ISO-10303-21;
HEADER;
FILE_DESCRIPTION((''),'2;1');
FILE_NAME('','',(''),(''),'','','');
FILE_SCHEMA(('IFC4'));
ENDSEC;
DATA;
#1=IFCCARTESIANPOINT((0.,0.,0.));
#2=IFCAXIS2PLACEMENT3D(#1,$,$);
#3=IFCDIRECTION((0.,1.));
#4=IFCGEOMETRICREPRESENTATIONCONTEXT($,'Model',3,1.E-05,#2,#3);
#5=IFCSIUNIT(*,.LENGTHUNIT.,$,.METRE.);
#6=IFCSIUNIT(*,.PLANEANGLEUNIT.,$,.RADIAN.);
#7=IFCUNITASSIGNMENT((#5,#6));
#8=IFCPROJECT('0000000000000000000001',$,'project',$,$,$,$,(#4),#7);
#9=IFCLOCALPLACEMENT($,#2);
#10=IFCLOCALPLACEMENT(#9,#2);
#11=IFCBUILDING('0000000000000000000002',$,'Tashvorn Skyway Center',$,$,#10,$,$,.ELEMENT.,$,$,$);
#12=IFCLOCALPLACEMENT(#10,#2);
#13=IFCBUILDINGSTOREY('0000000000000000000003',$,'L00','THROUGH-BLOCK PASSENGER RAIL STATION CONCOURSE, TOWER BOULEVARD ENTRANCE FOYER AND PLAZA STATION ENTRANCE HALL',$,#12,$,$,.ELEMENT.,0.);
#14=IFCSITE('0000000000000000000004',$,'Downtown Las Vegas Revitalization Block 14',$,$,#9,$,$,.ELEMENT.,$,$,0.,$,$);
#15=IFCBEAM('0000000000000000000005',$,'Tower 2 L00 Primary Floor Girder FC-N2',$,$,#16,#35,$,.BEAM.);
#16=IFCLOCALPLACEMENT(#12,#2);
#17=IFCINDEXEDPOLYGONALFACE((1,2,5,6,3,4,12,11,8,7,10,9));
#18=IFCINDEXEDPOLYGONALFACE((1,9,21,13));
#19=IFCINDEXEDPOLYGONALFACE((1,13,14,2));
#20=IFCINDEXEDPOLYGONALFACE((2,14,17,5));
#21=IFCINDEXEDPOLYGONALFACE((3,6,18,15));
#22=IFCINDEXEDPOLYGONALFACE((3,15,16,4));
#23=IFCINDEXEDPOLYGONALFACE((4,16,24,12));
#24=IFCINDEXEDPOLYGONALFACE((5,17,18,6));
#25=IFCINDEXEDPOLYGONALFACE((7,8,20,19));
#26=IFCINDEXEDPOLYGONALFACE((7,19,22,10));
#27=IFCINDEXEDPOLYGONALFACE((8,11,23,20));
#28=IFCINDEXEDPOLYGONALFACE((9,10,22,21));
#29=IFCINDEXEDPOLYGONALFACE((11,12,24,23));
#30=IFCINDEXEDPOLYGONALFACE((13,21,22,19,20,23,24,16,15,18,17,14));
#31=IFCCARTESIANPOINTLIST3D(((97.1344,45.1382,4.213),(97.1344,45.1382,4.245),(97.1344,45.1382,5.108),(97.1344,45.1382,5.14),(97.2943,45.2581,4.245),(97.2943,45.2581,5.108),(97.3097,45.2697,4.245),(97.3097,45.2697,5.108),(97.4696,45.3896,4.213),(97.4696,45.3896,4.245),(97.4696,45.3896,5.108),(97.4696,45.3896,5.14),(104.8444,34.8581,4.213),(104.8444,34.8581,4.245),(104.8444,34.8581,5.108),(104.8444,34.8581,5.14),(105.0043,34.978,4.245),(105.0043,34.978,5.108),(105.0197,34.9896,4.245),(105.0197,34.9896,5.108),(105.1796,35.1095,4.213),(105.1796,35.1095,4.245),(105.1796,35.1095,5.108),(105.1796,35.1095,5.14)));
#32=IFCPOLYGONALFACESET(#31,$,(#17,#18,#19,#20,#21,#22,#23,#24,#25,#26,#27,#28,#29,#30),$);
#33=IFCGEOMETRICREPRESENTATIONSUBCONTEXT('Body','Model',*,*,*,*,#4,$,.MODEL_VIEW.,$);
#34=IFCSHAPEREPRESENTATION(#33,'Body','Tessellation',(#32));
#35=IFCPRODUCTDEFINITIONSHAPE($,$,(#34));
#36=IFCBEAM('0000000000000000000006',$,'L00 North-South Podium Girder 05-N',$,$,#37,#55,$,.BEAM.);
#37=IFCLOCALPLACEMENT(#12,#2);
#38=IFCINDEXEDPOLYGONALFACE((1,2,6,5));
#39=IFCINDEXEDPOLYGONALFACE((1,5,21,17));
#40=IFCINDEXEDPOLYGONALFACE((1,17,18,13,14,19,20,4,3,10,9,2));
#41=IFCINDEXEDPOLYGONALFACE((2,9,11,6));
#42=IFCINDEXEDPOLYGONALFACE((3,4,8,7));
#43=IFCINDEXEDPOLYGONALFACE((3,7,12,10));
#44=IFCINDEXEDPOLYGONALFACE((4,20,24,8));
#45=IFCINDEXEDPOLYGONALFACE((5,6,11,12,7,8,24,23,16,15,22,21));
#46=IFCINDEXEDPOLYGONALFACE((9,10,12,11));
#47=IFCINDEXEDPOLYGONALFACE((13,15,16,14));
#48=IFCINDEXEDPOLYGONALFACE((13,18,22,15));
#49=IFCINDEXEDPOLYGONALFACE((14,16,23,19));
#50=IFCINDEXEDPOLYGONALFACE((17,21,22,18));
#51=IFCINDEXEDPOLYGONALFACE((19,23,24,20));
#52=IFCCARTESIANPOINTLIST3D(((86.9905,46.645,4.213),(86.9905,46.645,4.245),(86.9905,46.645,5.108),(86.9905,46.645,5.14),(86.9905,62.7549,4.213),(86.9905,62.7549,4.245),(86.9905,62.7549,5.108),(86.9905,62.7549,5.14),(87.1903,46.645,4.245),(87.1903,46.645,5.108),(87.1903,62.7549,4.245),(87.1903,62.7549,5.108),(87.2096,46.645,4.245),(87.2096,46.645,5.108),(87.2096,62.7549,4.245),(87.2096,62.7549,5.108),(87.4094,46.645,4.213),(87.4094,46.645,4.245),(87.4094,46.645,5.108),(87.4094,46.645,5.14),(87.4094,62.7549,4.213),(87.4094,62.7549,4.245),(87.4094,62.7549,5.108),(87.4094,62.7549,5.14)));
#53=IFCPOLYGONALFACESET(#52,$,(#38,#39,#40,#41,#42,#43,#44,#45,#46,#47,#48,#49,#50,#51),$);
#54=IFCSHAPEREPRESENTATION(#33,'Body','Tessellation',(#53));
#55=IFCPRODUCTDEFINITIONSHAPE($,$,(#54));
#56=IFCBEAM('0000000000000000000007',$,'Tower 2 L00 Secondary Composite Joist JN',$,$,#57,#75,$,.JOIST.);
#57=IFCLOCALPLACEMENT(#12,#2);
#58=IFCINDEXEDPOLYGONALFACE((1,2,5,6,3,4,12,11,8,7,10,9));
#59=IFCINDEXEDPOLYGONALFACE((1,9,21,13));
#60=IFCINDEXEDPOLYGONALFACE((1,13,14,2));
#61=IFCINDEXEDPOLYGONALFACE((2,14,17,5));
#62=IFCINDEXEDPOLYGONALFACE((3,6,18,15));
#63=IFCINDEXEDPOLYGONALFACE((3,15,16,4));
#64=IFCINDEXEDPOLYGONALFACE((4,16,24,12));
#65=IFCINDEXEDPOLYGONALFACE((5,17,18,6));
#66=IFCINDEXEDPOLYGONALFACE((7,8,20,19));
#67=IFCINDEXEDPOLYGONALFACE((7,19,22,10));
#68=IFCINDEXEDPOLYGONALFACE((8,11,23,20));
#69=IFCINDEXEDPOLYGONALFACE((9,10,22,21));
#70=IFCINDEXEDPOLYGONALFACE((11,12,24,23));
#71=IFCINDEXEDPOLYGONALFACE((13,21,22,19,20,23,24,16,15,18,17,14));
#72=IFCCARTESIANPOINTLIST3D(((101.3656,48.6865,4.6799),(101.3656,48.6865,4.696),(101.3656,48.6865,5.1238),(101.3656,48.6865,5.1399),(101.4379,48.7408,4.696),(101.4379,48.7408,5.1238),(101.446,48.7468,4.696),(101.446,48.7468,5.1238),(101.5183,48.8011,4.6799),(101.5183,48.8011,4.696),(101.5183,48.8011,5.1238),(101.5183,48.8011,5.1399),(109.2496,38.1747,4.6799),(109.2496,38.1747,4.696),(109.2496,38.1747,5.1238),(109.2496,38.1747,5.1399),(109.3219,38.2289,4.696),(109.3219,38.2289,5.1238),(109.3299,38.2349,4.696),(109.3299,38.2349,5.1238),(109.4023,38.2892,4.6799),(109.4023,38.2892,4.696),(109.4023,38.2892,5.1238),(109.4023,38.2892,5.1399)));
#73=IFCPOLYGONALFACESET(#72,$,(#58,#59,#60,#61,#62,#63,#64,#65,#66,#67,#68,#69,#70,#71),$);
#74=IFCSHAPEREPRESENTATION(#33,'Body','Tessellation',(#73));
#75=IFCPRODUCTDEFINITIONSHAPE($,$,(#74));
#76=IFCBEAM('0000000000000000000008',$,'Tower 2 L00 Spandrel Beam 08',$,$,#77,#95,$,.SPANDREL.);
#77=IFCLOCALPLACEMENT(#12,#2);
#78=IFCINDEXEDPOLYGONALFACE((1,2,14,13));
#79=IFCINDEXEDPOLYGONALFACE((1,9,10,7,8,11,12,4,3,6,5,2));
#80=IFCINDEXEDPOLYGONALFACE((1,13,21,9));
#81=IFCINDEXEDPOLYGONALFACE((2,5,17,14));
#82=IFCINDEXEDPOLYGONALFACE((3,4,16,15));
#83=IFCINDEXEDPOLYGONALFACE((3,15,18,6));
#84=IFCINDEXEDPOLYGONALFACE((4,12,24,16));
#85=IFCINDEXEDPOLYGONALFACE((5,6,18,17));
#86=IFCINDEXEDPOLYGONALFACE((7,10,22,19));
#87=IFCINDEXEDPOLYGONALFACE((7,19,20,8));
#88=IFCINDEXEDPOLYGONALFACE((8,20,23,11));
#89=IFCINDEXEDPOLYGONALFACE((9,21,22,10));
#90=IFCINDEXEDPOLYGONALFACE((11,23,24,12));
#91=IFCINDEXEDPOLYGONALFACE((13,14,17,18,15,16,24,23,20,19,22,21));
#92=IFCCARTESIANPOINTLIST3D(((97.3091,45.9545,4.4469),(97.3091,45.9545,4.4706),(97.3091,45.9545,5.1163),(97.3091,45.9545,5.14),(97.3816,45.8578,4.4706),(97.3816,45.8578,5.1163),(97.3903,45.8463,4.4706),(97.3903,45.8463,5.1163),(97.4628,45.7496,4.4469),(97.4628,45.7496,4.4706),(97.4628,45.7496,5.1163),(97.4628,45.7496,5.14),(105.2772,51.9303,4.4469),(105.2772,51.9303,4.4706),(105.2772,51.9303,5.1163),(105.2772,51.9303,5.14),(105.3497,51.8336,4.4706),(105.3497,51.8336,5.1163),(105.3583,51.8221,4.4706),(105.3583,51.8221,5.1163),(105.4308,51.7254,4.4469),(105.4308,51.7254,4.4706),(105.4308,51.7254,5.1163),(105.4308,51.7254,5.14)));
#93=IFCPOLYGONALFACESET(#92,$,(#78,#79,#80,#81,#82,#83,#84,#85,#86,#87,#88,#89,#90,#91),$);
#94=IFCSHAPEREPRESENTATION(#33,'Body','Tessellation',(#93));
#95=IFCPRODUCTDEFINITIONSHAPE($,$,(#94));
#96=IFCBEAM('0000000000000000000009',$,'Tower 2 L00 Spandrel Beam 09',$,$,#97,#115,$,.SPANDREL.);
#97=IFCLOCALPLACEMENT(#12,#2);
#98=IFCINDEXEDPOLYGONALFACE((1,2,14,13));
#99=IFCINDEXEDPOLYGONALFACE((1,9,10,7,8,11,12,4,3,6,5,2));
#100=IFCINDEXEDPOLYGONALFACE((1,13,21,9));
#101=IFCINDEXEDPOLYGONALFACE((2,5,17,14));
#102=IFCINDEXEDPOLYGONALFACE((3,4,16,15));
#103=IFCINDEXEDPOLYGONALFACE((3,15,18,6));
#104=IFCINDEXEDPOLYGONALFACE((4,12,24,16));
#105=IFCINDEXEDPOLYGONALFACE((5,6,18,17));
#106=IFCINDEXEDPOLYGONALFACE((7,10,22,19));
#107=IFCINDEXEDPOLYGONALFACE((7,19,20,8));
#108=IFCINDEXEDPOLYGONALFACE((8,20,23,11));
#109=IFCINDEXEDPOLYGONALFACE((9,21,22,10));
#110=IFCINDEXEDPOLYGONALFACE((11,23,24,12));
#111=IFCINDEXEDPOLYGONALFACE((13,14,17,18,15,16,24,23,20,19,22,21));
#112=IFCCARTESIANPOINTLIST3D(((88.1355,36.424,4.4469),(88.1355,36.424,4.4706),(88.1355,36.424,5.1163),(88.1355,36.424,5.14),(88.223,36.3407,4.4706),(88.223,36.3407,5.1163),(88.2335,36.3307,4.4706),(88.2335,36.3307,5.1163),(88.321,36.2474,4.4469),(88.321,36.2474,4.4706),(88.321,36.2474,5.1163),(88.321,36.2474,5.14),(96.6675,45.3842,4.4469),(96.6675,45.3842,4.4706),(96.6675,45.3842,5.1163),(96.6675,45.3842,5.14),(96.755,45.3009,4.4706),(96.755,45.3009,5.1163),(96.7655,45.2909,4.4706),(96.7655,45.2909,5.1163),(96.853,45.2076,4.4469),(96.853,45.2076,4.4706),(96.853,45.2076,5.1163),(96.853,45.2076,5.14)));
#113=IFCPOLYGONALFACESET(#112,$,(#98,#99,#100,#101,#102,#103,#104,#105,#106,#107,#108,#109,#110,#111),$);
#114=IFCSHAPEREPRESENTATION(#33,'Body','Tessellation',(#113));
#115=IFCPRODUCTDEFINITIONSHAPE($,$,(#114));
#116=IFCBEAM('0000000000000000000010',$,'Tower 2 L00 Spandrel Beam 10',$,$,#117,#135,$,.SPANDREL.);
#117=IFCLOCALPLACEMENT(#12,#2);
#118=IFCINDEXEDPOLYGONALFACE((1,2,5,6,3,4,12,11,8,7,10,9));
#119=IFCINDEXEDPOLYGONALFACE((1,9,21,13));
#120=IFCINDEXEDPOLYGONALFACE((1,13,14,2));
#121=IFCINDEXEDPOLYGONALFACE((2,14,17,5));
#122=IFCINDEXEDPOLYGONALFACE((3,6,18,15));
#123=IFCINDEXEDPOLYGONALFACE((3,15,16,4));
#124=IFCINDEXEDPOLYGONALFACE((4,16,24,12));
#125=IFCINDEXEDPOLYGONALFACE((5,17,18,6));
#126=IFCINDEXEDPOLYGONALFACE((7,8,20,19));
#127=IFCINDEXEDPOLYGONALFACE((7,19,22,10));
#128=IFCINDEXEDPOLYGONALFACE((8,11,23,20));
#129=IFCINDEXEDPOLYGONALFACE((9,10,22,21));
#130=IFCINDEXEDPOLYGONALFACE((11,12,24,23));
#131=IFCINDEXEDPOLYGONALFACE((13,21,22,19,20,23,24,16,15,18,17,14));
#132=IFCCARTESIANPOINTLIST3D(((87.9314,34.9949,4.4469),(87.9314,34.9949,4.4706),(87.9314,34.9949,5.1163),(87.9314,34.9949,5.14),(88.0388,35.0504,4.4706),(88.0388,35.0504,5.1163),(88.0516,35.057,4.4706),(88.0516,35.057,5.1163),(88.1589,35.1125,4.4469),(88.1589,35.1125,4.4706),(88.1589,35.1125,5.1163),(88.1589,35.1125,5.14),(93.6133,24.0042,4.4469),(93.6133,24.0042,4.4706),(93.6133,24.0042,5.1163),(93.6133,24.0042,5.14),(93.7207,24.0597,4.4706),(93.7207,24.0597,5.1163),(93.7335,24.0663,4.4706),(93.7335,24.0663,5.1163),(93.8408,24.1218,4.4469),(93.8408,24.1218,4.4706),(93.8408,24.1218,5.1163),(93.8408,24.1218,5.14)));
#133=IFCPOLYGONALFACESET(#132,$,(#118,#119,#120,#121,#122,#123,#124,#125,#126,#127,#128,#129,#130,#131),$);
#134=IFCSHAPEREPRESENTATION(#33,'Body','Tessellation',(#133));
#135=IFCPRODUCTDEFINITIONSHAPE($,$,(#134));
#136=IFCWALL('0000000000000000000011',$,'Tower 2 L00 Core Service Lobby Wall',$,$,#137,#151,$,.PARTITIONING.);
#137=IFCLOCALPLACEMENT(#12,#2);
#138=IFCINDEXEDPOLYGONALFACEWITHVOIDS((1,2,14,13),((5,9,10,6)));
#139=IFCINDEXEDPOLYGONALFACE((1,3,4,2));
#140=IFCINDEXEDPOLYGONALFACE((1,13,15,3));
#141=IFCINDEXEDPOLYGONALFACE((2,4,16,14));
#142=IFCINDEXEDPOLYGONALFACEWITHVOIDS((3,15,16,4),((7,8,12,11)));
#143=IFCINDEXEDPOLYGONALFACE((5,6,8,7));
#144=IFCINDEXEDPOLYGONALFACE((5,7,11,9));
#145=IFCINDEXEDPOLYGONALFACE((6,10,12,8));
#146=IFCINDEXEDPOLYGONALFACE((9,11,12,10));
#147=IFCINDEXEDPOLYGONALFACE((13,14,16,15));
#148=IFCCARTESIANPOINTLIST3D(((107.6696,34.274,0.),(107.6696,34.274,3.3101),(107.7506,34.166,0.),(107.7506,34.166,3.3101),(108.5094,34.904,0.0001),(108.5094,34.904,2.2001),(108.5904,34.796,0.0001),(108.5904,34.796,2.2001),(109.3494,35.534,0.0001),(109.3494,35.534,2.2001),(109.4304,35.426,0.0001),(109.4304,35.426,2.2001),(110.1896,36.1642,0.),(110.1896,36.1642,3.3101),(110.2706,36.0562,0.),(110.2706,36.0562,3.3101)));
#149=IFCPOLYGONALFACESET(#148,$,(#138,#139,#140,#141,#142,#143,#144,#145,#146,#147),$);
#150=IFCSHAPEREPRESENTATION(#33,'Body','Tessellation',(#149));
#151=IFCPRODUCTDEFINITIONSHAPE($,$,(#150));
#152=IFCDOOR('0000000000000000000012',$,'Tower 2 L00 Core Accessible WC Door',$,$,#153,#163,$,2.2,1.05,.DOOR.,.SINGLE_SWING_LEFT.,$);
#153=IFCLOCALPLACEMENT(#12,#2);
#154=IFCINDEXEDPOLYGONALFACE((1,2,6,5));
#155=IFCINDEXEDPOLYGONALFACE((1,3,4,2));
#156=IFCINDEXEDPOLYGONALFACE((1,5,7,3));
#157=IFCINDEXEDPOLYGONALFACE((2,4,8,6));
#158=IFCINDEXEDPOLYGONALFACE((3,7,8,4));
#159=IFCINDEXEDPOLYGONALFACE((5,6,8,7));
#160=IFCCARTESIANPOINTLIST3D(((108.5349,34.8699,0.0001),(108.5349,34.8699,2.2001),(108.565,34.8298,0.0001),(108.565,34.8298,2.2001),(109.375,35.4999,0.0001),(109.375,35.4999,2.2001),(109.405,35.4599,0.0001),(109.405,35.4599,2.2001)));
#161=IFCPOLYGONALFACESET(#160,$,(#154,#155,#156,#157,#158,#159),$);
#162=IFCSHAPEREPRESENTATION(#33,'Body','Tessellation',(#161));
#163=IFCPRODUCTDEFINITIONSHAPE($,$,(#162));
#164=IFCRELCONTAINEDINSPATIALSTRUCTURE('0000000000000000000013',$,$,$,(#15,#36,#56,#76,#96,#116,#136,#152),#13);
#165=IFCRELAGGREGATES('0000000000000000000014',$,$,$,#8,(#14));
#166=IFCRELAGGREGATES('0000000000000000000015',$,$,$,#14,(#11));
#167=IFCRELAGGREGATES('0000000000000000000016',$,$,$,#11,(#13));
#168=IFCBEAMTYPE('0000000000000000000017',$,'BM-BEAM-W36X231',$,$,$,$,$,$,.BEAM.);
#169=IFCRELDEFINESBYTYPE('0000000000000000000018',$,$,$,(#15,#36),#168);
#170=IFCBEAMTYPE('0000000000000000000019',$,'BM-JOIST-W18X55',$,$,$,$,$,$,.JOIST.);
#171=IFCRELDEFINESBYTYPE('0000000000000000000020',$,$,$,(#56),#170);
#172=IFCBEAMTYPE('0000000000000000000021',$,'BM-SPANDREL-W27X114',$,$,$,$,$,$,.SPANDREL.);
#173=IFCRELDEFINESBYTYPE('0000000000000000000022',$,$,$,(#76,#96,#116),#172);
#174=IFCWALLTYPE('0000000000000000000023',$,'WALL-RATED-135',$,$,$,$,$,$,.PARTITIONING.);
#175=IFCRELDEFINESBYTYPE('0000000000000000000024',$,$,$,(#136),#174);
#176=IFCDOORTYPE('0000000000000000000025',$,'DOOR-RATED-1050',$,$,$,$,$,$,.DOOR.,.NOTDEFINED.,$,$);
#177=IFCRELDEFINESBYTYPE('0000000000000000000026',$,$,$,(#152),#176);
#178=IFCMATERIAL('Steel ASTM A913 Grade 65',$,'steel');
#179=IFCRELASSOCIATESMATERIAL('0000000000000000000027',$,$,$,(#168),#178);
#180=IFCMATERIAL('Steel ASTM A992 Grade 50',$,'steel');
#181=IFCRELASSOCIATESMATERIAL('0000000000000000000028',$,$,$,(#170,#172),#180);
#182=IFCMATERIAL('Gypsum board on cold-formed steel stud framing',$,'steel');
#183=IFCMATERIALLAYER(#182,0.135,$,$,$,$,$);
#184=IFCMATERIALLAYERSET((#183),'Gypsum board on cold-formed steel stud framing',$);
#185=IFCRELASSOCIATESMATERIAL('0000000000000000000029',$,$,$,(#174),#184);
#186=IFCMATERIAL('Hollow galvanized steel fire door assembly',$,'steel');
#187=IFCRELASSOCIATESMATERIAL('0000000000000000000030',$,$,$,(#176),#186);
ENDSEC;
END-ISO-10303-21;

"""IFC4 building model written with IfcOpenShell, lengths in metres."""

from ifc_helpers import new_model, si_unit, direction, frame, frame_2d, origin, origin_2d, place, context, subcontext, project, spatial, rectangle, i_section, extrude, material, layer, layer_set, material_profile, profile_set, type_object, element, fill, save


model = new_model("IFC4")

# Units and contexts
model_context = context("Model", 3, precision=1e-05, world=origin(), true_north=direction((0.0, 1.0)))
body_context = subcontext(model_context, "Body", "Model", "MODEL_VIEW")
ifc_project = project(units=[si_unit("LENGTHUNIT", "METRE"), si_unit("PLANEANGLEUNIT", "RADIAN")], contexts=[model_context])

# Site, building, storey
site_placement = place(None, origin())
site = spatial("IfcSite", under=ifc_project, at=site_placement, Name="Downtown Las Vegas Revitalization Block 14", CompositionType="ELEMENT", RefElevation=0.0)
building_placement = place(site_placement, origin())
building = spatial("IfcBuilding", under=site, at=building_placement, Name="Tashvorn Skyway Center", CompositionType="ELEMENT")
storey_placement = place(building_placement, origin())
storey = spatial("IfcBuildingStorey", under=building, at=storey_placement, Name="L00", Description="THROUGH-BLOCK PASSENGER RAIL STATION CONCOURSE, TOWER BOULEVARD ENTRANCE FOYER AND PLAZA STATION ENTRANCE HALL", CompositionType="ELEMENT", Elevation=0.0)

# Beams
ifc_material_1 = material(Name="Steel ASTM A992 Grade 50", Category="steel")
ifc_material_2 = material(Name="Steel ASTM A913 Grade 65", Category="steel")
ifc_material_profile_1 = material_profile(ifc_material_2, i_section(OverallWidth=0.4189, OverallDepth=0.927, WebThickness=0.0193, FlangeThickness=0.032, at=origin_2d()), Name="W36X231")
ifc_profile_set_1 = profile_set([ifc_material_profile_1], Name="Steel ASTM A913 Grade 65")
beam_type_1 = type_object("IfcBeamType", Name="BM-BEAM-W36X231", PredefinedType="BEAM", material=ifc_profile_set_1)
beam_1_placement = place(storey_placement, frame((97.302, 45.2639, 4.6765), z_axis=(0.599997, -0.800002, 0.0), x_axis=(0.800002, 0.599997, 0.0)))
element("IfcBeam", 1, at=beam_1_placement, inside=storey, type_object=beam_type_1, Name="Tower 2 L00 Primary Floor Girder FC-N2", PredefinedType="BEAM", context=body_context, shape_type="SweptSolid", body=[
    extrude(i_section(OverallWidth=0.4189, OverallDepth=0.927, WebThickness=0.0193, FlangeThickness=0.032, at=origin_2d()), origin(), (0.0, 0.0, 1.0), 12.8501),
])
beam_2_placement = place(storey_placement, frame((87.2, 46.645, 4.6765), z_axis=(0.0, 1.0, 0.0), x_axis=(-1.0, 0.0, 0.0)))
element("IfcBeam", 2, at=beam_2_placement, inside=storey, type_object=beam_type_1, Name="L00 North-South Podium Girder 05-N", PredefinedType="BEAM", context=body_context, shape_type="SweptSolid", body=[
    extrude(i_section(OverallWidth=0.4189, OverallDepth=0.927, WebThickness=0.0193, FlangeThickness=0.032, at=origin_2d()), origin(), (0.0, 0.0, 1.0), 16.1099),
])
ifc_material_profile_2 = material_profile(ifc_material_1, i_section(OverallWidth=0.1909, OverallDepth=0.46, WebThickness=0.01, FlangeThickness=0.0161, at=origin_2d()), Name="W18X55")
ifc_profile_set_2 = profile_set([ifc_material_profile_2], Name="Steel ASTM A992 Grade 50")
beam_type_2 = type_object("IfcBeamType", Name="BM-JOIST-W18X55", PredefinedType="JOIST", material=ifc_profile_set_2)
beam_3_placement = place(storey_placement, frame((109.3259, 38.2319, 4.9099), z_axis=(-0.600003, 0.799998, 0.0), x_axis=(-0.799998, -0.600003, 0.0)))
element("IfcBeam", 3, at=beam_3_placement, inside=storey, type_object=beam_type_2, Name="Tower 2 L00 Secondary Composite Joist JN", PredefinedType="JOIST", context=body_context, shape_type="SweptSolid", body=[
    extrude(i_section(OverallWidth=0.1909, OverallDepth=0.46, WebThickness=0.01, FlangeThickness=0.0161, at=origin_2d()), origin(), (0.0, 0.0, 1.0), 13.1399),
])
ifc_material_profile_3 = material_profile(ifc_material_1, i_section(OverallWidth=0.2561, OverallDepth=0.6931, WebThickness=0.0144, FlangeThickness=0.0237, at=origin_2d()), Name="W27X114")
ifc_profile_set_3 = profile_set([ifc_material_profile_3], Name="Steel ASTM A992 Grade 50")
beam_type_3 = type_object("IfcBeamType", Name="BM-SPANDREL-W27X114", PredefinedType="SPANDREL", material=ifc_profile_set_3)
beam_4_placement = place(storey_placement, frame((105.354, 51.8279, 4.7935), z_axis=(-0.800009, -0.599988, 0.0), x_axis=(0.599988, -0.800009, 0.0)))
element("IfcBeam", 4, at=beam_4_placement, inside=storey, type_object=beam_type_3, Name="Tower 2 L00 Spandrel Beam 08", PredefinedType="SPANDREL", context=body_context, shape_type="SweptSolid", body=[
    extrude(i_section(OverallWidth=0.2561, OverallDepth=0.6931, WebThickness=0.0144, FlangeThickness=0.0237, at=origin_2d()), origin(), (0.0, 0.0, 1.0), 9.96),
])
for number, where, z_axis, x_axis, name in (
    (5, (96.7603, 45.2959, 4.7935), (-0.68959, -0.7242, 0.0), (0.7242, -0.68959, 0.0), "Tower 2 L00 Spandrel Beam 09"),
    (6, (88.0452, 35.0537, 4.7935), (0.459233, -0.888316, 0.0), (0.888316, 0.459233, 0.0), "Tower 2 L00 Spandrel Beam 10"),
):
    element("IfcBeam", number, at=place(storey_placement, frame(where, z_axis=z_axis, x_axis=x_axis)), inside=storey, type_object=beam_type_3, Name=name, PredefinedType="SPANDREL", context=body_context, shape_type="SweptSolid", body=[
        extrude(i_section(OverallWidth=0.2561, OverallDepth=0.6931, WebThickness=0.0144, FlangeThickness=0.0237, at=origin_2d()), origin(), (0.0, 0.0, 1.0), 12.3726),
    ])

# Wall, opening, door
ifc_material_3 = material(Name="Gypsum board on cold-formed steel stud framing", Category="steel")
ifc_layer_1 = layer(ifc_material_3, 0.135)
ifc_layer_set_1 = layer_set([ifc_layer_1], Name="Gypsum board on cold-formed steel stud framing")
wall_type_1 = type_object("IfcWallType", Name="WALL-RATED-135", PredefinedType="PARTITIONING", material=ifc_layer_set_1)
wall_1_placement = place(storey_placement, frame((107.71, 34.22, 0.0), z_axis=(0.0, 0.0, 1.0), x_axis=(0.799981, 0.600025, 0.0)))
wall_1 = element("IfcWall", 7, at=wall_1_placement, inside=storey, type_object=wall_type_1, Name="Tower 2 L00 Core Service Lobby Wall", PredefinedType="PARTITIONING", context=body_context, shape_type="SweptSolid", body=[
    extrude(rectangle(XDim=3.1501, YDim=0.135, at=frame_2d((1.5752, 0.0))), origin(), (0.0, 0.0, 1.0), 3.3101),
])
opening_1_placement = place(wall_1_placement, frame((1.05, 0.0, 0.0)))
opening_1 = element("IfcOpeningElement", 8, at=opening_1_placement, cuts=wall_1, PredefinedType="OPENING", context=body_context, shape_type="SweptSolid", body=[
    extrude(rectangle(XDim=1.05, YDim=2.2, at=frame_2d((0.5249, 1.1001))), frame((0.0, 0.0774, 0.0), z_axis=(0.0, -1.0, 0.0), x_axis=(1.0, 0.0, 0.0)), (0.0, 0.0, 1.0), 0.155),
])
ifc_material_4 = material(Name="Hollow galvanized steel fire door assembly", Category="steel")
door_type_1 = type_object("IfcDoorType", Name="DOOR-RATED-1050", OperationType="NOTDEFINED", PredefinedType="DOOR", material=ifc_material_4)
door_1_placement = place(opening_1_placement, origin())
door_1 = element("IfcDoor", 9, at=door_1_placement, inside=storey, type_object=door_type_1, Name="Tower 2 L00 Core Accessible WC Door", OperationType="SINGLE_SWING_LEFT", OverallHeight=2.2, OverallWidth=1.05, PredefinedType="DOOR", context=body_context, shape_type="SweptSolid", body=[
    extrude(rectangle(XDim=1.05, YDim=2.2, at=frame_2d((0.5249, 1.1001))), frame((0.0, 0.0249, 0.0), z_axis=(0.0, -1.0, 0.0), x_axis=(1.0, 0.0, 0.0)), (0.0, 0.0, 1.0), 0.05),
])
fill(opening_1, door_1)

save(model, "model.ifc")
